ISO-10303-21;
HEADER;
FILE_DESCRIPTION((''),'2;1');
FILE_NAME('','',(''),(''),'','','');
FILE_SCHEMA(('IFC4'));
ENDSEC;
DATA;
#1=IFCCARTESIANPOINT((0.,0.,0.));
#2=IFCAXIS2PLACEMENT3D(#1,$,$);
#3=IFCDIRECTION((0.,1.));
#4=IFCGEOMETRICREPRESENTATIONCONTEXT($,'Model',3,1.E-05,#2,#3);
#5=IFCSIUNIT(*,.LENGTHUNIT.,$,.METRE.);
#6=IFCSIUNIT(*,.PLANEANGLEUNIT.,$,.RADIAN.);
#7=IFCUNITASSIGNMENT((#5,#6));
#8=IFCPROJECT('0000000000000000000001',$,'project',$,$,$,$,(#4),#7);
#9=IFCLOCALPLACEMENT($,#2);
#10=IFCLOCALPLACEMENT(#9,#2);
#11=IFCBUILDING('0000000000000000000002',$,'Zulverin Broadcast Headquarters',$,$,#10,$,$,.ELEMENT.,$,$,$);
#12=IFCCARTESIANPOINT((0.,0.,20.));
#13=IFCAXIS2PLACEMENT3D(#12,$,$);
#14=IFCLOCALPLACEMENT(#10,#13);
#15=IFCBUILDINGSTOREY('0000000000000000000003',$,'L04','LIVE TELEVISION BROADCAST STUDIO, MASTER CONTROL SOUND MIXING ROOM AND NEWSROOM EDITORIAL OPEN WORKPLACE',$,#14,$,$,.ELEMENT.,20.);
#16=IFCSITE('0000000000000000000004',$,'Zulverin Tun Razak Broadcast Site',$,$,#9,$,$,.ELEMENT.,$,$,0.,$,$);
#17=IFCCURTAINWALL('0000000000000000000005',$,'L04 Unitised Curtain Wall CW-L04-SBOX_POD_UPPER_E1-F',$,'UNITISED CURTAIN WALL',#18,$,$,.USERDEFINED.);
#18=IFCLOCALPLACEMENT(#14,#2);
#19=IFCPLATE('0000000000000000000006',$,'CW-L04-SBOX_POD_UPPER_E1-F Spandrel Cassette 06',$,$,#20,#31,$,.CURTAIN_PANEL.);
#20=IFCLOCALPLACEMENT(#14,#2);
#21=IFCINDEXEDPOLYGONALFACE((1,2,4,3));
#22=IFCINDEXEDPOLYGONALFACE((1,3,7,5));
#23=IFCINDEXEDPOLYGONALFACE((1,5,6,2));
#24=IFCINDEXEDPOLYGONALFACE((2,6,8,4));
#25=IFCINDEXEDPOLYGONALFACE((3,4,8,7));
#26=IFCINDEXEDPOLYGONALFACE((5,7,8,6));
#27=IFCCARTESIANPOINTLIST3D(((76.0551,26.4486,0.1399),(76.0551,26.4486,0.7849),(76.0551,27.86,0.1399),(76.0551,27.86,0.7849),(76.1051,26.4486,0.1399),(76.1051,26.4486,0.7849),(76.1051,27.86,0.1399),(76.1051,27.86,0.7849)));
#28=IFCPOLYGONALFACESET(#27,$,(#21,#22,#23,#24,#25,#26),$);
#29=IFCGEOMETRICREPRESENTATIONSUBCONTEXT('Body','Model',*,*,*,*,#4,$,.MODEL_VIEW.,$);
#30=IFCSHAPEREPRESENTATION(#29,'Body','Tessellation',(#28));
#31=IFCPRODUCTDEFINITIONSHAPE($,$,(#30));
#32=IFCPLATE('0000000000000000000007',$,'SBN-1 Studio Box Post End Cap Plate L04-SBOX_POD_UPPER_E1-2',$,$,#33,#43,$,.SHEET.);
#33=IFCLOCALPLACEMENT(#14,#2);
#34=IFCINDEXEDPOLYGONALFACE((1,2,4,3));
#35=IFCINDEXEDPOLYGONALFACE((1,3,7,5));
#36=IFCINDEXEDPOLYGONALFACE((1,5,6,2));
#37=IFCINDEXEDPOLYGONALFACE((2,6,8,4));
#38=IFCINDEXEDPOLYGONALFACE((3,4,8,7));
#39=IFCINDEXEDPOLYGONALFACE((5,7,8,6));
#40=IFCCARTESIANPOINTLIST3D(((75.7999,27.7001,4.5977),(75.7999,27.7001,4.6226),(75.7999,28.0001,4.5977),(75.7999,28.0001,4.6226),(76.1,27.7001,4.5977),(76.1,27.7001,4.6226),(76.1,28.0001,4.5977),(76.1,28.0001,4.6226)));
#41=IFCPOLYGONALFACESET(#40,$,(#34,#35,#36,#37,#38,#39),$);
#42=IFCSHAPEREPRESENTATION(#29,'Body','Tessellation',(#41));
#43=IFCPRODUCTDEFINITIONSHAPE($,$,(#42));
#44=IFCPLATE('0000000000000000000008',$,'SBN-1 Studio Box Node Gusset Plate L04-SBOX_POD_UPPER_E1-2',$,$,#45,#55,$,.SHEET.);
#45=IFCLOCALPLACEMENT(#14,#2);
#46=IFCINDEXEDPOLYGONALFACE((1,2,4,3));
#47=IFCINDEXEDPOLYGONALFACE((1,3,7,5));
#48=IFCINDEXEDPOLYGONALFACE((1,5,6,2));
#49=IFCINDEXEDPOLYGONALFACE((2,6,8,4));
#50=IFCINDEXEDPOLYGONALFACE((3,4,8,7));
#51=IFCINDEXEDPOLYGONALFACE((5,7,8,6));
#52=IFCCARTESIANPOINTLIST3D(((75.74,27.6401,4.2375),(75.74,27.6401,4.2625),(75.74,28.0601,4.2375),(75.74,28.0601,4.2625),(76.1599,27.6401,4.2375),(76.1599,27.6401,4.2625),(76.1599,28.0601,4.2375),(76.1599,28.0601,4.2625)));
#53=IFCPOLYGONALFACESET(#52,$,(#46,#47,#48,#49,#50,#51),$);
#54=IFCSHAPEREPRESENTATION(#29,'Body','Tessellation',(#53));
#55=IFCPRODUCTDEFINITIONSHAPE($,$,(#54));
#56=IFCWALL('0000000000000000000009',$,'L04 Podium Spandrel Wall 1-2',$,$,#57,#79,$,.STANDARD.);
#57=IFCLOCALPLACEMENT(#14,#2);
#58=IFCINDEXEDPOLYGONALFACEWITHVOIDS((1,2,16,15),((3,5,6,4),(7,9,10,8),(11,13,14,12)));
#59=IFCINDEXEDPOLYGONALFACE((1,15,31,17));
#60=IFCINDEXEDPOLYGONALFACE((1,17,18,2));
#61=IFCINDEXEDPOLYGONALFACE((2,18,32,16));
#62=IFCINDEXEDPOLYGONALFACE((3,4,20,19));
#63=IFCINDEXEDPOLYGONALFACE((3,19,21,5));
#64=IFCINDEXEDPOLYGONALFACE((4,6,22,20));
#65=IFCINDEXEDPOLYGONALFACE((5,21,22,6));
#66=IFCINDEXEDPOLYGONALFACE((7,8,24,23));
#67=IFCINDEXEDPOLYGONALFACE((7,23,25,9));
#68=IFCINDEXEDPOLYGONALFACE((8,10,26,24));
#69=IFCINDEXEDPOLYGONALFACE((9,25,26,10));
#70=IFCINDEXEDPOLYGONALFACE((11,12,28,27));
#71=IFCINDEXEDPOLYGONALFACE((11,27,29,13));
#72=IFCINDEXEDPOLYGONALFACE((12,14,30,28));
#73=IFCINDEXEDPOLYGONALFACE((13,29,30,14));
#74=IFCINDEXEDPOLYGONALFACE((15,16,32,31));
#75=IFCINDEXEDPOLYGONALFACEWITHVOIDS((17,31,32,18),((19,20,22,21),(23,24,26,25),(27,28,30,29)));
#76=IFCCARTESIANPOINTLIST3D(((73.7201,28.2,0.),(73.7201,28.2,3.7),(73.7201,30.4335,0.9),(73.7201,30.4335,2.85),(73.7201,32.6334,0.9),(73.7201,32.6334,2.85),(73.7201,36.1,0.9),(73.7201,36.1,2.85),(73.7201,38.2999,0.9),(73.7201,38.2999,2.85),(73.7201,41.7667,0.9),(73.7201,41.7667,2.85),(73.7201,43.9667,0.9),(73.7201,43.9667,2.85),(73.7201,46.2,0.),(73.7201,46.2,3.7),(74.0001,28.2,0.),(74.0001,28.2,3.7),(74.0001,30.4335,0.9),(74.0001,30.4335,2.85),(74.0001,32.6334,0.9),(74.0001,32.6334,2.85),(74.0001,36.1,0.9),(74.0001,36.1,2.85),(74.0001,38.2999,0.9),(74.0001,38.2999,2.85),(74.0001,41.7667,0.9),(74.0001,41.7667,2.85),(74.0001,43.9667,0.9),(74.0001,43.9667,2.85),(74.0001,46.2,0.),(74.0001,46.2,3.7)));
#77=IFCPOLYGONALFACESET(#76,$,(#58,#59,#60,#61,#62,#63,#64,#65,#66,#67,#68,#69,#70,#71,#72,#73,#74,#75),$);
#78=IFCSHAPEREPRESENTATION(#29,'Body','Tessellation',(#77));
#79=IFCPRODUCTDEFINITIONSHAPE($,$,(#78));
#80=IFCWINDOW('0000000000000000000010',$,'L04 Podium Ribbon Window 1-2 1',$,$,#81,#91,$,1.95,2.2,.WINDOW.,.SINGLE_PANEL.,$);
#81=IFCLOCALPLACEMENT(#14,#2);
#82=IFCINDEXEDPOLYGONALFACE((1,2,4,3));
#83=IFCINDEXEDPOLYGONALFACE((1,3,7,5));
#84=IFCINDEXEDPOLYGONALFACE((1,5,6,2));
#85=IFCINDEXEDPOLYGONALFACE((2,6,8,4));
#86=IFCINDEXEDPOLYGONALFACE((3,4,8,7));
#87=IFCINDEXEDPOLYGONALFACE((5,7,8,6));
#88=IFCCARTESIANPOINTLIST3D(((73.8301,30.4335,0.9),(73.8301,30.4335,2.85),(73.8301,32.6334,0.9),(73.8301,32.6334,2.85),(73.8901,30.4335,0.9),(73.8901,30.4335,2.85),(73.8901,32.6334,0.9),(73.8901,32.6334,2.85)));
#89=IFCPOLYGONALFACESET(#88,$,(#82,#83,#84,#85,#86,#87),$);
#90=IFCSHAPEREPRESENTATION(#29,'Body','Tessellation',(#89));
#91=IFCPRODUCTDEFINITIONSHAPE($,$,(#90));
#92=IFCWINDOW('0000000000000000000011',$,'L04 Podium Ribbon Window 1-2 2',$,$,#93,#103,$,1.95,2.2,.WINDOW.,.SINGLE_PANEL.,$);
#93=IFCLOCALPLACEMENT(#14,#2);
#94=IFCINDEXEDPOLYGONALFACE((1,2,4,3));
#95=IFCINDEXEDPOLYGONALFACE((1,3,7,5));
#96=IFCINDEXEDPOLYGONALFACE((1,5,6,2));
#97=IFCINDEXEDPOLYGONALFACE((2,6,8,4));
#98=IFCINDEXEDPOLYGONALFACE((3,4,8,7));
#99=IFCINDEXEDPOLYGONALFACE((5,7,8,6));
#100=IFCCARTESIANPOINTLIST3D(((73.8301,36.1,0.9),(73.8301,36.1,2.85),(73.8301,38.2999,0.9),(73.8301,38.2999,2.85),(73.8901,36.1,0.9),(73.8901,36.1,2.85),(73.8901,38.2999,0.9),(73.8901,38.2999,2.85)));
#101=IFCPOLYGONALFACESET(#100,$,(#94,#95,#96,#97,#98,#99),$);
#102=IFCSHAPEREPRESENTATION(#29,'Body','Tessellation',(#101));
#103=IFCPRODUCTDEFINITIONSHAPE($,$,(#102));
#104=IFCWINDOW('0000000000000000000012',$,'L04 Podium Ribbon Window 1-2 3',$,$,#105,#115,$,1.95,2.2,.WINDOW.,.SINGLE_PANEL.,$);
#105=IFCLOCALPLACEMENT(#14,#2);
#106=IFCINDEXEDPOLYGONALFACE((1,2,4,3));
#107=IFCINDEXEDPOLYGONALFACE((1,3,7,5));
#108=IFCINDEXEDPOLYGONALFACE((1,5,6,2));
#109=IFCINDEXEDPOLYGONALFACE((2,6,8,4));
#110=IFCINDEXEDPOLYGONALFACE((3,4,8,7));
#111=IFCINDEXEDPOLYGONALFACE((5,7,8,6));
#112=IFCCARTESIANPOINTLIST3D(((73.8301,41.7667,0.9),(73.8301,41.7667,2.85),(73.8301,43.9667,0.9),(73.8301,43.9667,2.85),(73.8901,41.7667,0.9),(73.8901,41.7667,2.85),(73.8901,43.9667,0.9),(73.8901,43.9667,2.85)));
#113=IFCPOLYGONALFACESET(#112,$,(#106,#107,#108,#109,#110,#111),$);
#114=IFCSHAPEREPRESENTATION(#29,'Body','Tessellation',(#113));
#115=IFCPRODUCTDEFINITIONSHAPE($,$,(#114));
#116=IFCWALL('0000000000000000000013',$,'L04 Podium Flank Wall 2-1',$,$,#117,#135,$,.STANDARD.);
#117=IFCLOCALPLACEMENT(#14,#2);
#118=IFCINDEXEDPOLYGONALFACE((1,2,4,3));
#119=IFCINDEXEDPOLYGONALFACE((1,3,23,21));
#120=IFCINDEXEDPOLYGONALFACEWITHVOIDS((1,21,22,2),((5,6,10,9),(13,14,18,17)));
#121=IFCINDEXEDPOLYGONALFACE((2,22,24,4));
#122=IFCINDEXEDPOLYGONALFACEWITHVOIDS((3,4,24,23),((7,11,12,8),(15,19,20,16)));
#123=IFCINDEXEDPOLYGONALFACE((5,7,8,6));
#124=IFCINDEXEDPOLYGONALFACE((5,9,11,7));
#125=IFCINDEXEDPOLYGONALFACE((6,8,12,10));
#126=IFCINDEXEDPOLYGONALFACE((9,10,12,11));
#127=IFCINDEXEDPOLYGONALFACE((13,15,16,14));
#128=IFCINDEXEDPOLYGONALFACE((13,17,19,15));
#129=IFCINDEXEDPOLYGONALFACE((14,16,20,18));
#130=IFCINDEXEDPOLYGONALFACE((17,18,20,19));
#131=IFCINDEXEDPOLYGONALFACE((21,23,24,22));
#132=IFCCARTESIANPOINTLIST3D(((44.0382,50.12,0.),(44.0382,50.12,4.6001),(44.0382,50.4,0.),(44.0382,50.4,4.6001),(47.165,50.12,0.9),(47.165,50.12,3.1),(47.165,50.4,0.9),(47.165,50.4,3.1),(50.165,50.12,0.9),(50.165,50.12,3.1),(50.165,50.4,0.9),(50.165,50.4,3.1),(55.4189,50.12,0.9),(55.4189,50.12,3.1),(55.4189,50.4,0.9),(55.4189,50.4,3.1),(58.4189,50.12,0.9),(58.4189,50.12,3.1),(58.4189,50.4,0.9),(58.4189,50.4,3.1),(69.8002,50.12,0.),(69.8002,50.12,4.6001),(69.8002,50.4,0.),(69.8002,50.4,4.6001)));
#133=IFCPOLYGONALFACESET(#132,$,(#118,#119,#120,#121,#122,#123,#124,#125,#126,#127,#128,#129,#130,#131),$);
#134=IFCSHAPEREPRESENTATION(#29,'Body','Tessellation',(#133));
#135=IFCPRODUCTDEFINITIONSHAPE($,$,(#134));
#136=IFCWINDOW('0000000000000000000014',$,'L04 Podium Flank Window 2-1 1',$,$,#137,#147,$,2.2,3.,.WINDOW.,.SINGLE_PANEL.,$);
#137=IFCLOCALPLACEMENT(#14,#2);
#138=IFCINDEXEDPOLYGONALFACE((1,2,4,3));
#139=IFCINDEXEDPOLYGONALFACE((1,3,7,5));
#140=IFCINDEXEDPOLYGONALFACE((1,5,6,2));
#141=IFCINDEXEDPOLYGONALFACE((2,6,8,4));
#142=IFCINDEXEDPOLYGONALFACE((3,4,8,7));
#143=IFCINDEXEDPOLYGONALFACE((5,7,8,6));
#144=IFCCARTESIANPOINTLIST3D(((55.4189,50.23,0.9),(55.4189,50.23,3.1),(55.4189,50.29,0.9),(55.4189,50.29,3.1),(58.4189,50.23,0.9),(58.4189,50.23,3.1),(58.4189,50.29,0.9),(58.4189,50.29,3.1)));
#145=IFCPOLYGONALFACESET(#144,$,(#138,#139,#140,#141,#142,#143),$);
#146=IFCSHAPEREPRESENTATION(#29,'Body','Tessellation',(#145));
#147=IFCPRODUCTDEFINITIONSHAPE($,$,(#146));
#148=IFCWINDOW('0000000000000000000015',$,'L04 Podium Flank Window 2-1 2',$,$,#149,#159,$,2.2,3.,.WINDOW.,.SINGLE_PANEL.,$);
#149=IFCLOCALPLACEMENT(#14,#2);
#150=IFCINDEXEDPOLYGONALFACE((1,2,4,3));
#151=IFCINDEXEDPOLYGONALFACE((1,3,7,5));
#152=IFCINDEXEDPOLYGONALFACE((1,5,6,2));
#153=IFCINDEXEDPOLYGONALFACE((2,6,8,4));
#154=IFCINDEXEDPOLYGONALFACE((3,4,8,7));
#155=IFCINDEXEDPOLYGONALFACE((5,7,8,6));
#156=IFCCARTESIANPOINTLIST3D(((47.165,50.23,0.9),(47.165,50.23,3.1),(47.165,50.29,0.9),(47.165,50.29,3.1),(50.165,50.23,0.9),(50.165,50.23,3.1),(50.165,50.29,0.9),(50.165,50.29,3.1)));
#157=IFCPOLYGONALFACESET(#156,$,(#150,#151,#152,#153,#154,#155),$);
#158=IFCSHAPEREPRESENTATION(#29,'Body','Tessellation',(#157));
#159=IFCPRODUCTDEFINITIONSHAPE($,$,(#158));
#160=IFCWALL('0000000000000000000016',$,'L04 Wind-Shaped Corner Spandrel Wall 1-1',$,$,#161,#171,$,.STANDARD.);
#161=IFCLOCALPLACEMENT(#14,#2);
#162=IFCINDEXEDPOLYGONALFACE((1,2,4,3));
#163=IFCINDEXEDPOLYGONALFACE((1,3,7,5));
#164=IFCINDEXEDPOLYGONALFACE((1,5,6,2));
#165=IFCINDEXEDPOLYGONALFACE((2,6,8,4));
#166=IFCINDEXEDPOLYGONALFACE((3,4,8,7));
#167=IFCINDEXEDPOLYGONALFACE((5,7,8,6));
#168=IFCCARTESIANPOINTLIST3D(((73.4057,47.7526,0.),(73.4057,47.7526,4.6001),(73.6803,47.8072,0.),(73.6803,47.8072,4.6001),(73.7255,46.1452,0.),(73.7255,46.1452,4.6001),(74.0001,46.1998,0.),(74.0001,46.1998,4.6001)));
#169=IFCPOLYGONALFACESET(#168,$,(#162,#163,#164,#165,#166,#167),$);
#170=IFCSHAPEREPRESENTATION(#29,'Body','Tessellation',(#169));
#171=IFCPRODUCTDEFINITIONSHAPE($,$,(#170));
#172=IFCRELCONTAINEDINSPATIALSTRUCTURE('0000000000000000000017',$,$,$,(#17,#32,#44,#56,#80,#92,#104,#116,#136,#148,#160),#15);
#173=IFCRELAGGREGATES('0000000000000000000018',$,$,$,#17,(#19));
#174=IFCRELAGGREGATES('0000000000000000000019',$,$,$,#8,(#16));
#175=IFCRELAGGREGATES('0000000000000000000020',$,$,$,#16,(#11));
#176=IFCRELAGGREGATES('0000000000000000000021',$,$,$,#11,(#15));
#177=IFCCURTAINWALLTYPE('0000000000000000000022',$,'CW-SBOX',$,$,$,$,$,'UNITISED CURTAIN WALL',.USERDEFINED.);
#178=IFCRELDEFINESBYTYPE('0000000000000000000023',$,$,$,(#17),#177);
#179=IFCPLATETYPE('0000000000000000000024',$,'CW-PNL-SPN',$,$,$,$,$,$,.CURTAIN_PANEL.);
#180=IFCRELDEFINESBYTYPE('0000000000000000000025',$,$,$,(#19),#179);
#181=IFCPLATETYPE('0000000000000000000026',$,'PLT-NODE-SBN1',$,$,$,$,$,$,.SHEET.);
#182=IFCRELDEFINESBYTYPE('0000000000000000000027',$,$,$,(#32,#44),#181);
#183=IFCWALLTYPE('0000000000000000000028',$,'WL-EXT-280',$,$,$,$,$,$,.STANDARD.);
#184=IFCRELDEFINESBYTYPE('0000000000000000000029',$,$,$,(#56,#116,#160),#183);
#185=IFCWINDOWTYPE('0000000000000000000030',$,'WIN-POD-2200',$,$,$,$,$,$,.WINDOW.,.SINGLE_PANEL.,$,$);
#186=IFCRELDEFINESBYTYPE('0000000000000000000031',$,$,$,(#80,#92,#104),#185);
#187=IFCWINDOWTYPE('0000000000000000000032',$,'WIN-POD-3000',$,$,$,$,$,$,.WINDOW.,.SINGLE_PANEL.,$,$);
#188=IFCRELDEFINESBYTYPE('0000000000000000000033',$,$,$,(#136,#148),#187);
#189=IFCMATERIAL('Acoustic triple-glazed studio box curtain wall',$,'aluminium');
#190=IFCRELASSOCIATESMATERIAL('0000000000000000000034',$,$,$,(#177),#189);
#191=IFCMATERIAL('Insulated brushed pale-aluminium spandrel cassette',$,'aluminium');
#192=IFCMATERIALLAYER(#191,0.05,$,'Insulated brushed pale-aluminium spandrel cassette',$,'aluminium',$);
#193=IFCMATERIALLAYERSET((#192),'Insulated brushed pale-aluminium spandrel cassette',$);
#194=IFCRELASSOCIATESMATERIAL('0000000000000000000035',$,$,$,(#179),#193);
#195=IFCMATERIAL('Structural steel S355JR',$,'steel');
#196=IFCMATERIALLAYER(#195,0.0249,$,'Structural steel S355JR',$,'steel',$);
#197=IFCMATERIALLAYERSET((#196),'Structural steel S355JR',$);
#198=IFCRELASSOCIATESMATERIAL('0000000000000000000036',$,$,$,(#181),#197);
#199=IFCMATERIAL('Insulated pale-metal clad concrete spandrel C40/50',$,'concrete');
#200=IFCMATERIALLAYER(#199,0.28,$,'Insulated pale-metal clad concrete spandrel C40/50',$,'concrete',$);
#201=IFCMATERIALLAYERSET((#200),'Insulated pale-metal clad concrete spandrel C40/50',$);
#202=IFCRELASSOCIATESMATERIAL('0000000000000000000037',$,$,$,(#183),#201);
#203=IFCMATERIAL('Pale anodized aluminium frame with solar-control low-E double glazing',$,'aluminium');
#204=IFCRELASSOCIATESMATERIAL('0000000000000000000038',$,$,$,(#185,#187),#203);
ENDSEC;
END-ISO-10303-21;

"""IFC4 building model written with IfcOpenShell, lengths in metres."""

from ifc_helpers import new_model, si_unit, direction, frame, frame_2d, origin, origin_2d, place, context, subcontext, project, spatial, rectangle, extrude, material, layer, layer_set, type_object, element, fill, aggregate, save


model = new_model("IFC4")

# Units and contexts
model_context = context("Model", 3, precision=1e-05, world=origin(), true_north=direction((0.0, 1.0)))
body_context = subcontext(model_context, "Body", "Model", "MODEL_VIEW")
ifc_project = project(units=[si_unit("LENGTHUNIT", "METRE"), si_unit("PLANEANGLEUNIT", "RADIAN")], contexts=[model_context])

# Site, building, storey
site_placement = place(None, origin())
site = spatial("IfcSite", under=ifc_project, at=site_placement, Name="Zulverin Tun Razak Broadcast Site", CompositionType="ELEMENT", RefElevation=0.0)
building_placement = place(site_placement, origin())
building = spatial("IfcBuilding", under=site, at=building_placement, Name="Zulverin Broadcast Headquarters", CompositionType="ELEMENT")
storey_placement = place(building_placement, frame((0.0, 0.0, 20.0)))
storey = spatial("IfcBuildingStorey", under=building, at=storey_placement, Name="L04", Description="LIVE TELEVISION BROADCAST STUDIO, MASTER CONTROL SOUND MIXING ROOM AND NEWSROOM EDITORIAL OPEN WORKPLACE", CompositionType="ELEMENT", Elevation=20.0)

# Curtain wall
ifc_material_1 = material(Name="Acoustic triple-glazed studio box curtain wall", Category="aluminium")
curtain_wall_type = type_object("IfcCurtainWallType", Name="CW-SBOX", ElementType="UNITISED CURTAIN WALL", PredefinedType="USERDEFINED", material=ifc_material_1)
curtain_wall_placement = place(storey_placement, origin())
curtain_wall = element("IfcCurtainWall", 1, at=curtain_wall_placement, inside=storey, type_object=curtain_wall_type, Name="L04 Unitised Curtain Wall CW-L04-SBOX_POD_UPPER_E1-F", ObjectType="UNITISED CURTAIN WALL", PredefinedType="USERDEFINED")

# Shared definitions
ifc_material_2 = material(Name="Structural steel S355JR", Category="steel")

# Plate
ifc_material_3 = material(Name="Insulated brushed pale-aluminium spandrel cassette", Category="aluminium")
ifc_layer_1 = layer(ifc_material_3, 0.05, Name="Insulated brushed pale-aluminium spandrel cassette", Category="aluminium")
ifc_layer_set_1 = layer_set([ifc_layer_1], Name="Insulated brushed pale-aluminium spandrel cassette")
plate_type_1 = type_object("IfcPlateType", Name="CW-PNL-SPN", PredefinedType="CURTAIN_PANEL", material=ifc_layer_set_1)
plate_1_placement = place(storey_placement, frame((76.0801, 27.1543, 0.1399), z_axis=(0.0, 0.0, 1.0), x_axis=(0.0, 1.0, 0.0)))
plate_1 = element("IfcPlate", 2, at=plate_1_placement, type_object=plate_type_1, Name="CW-L04-SBOX_POD_UPPER_E1-F Spandrel Cassette 06", PredefinedType="CURTAIN_PANEL", context=body_context, shape_type="SweptSolid", body=[
    extrude(rectangle(XDim=1.4114, YDim=0.05, at=origin_2d()), origin(), (0.0, 0.0, 1.0), 0.645),
])
aggregate(curtain_wall, [plate_1])

# Plates
ifc_layer_2 = layer(ifc_material_2, 0.0249, Name="Structural steel S355JR", Category="steel")
ifc_layer_set_2 = layer_set([ifc_layer_2], Name="Structural steel S355JR")
plate_type_2 = type_object("IfcPlateType", Name="PLT-NODE-SBN1", PredefinedType="SHEET", material=ifc_layer_set_2)
plate_2_placement = place(storey_placement, frame((75.95, 27.8501, 4.5977), z_axis=(0.0, 0.0, 1.0), x_axis=(1.0, 0.0, 0.0)))
element("IfcPlate", 3, at=plate_2_placement, inside=storey, type_object=plate_type_2, Name="SBN-1 Studio Box Post End Cap Plate L04-SBOX_POD_UPPER_E1-2", PredefinedType="SHEET", context=body_context, shape_type="SweptSolid", body=[
    extrude(rectangle(XDim=0.3, YDim=0.3, at=origin_2d()), origin(), (0.0, 0.0, 1.0), 0.0249),
])
plate_3_placement = place(storey_placement, frame((75.95, 27.8501, 4.2375), z_axis=(0.0, 0.0, 1.0), x_axis=(1.0, 0.0, 0.0)))
element("IfcPlate", 4, at=plate_3_placement, inside=storey, type_object=plate_type_2, Name="SBN-1 Studio Box Node Gusset Plate L04-SBOX_POD_UPPER_E1-2", PredefinedType="SHEET", context=body_context, shape_type="SweptSolid", body=[
    extrude(rectangle(XDim=0.4199, YDim=0.4199, at=origin_2d()), origin(), (0.0, 0.0, 1.0), 0.0249),
])

# Walls, openings, windows
ifc_material_4 = material(Name="Insulated pale-metal clad concrete spandrel C40/50", Category="concrete")
ifc_layer_3 = layer(ifc_material_4, 0.28, Name="Insulated pale-metal clad concrete spandrel C40/50", Category="concrete")
ifc_layer_set_3 = layer_set([ifc_layer_3], Name="Insulated pale-metal clad concrete spandrel C40/50")
wall_type_1 = type_object("IfcWallType", Name="WL-EXT-280", PredefinedType="STANDARD", material=ifc_layer_set_3)
wall_1_placement = place(storey_placement, frame((73.8601, 28.2, 0.0), z_axis=(0.0, 0.0, 1.0), x_axis=(0.0, 1.0, 0.0)))
wall_1 = element("IfcWall", 5, at=wall_1_placement, inside=storey, type_object=wall_type_1, Name="L04 Podium Spandrel Wall 1-2", PredefinedType="STANDARD", context=body_context, shape_type="SweptSolid", body=[
    extrude(rectangle(XDim=18.0, YDim=0.28, at=frame_2d((9.0, 0.0))), origin(), (0.0, 0.0, 1.0), 3.7),
])
opening_1_placement = place(wall_1_placement, frame((2.2334, 0.0, 0.8999)))
opening_1 = element("IfcOpeningElement", 6, at=opening_1_placement, cuts=wall_1, PredefinedType="OPENING", context=body_context, shape_type="SweptSolid", body=[
    extrude(rectangle(XDim=2.2, YDim=1.95, at=frame_2d((1.1001, 0.9751))), frame((0.0, 0.1499, 0.0), z_axis=(0.0, -1.0, 0.0), x_axis=(1.0, 0.0, 0.0)), (0.0, 0.0, 1.0), 0.3),
])
opening_2_placement = place(wall_1_placement, frame((7.8999, 0.0, 0.8999)))
opening_2 = element("IfcOpeningElement", 7, at=opening_2_placement, cuts=wall_1, PredefinedType="OPENING", context=body_context, shape_type="SweptSolid", body=[
    extrude(rectangle(XDim=2.2, YDim=1.95, at=frame_2d((1.1001, 0.9751))), frame((0.0, 0.1499, 0.0), z_axis=(0.0, -1.0, 0.0), x_axis=(1.0, 0.0, 0.0)), (0.0, 0.0, 1.0), 0.3),
])
opening_3_placement = place(wall_1_placement, frame((13.5667, 0.0, 0.8999)))
opening_3 = element("IfcOpeningElement", 8, at=opening_3_placement, cuts=wall_1, PredefinedType="OPENING", context=body_context, shape_type="SweptSolid", body=[
    extrude(rectangle(XDim=2.2, YDim=1.95, at=frame_2d((1.1001, 0.9751))), frame((0.0, 0.1499, 0.0), z_axis=(0.0, -1.0, 0.0), x_axis=(1.0, 0.0, 0.0)), (0.0, 0.0, 1.0), 0.3),
])
ifc_material_5 = material(Name="Pale anodized aluminium frame with solar-control low-E double glazing", Category="aluminium")
window_type_1 = type_object("IfcWindowType", Name="WIN-POD-2200", PartitioningType="SINGLE_PANEL", PredefinedType="WINDOW", material=ifc_material_5)
window_1_placement = place(opening_1_placement, origin())
window_1 = element("IfcWindow", 9, at=window_1_placement, inside=storey, type_object=window_type_1, Name="L04 Podium Ribbon Window 1-2 1", OverallHeight=1.95, OverallWidth=2.2, PartitioningType="SINGLE_PANEL", PredefinedType="WINDOW", context=body_context, shape_type="SweptSolid", body=[
    extrude(rectangle(XDim=2.2, YDim=1.95, at=frame_2d((1.1001, 0.9751))), frame((0.0, 0.03, 0.0), z_axis=(0.0, -1.0, 0.0), x_axis=(1.0, 0.0, 0.0)), (0.0, 0.0, 1.0), 0.0601),
])
fill(opening_1, window_1)
window_2_placement = place(opening_2_placement, origin())
window_2 = element("IfcWindow", 10, at=window_2_placement, inside=storey, type_object=window_type_1, Name="L04 Podium Ribbon Window 1-2 2", OverallHeight=1.95, OverallWidth=2.2, PartitioningType="SINGLE_PANEL", PredefinedType="WINDOW", context=body_context, shape_type="SweptSolid", body=[
    extrude(rectangle(XDim=2.2, YDim=1.95, at=frame_2d((1.1001, 0.9751))), frame((0.0, 0.03, 0.0), z_axis=(0.0, -1.0, 0.0), x_axis=(1.0, 0.0, 0.0)), (0.0, 0.0, 1.0), 0.0601),
])
fill(opening_2, window_2)
window_3_placement = place(opening_3_placement, origin())
window_3 = element("IfcWindow", 11, at=window_3_placement, inside=storey, type_object=window_type_1, Name="L04 Podium Ribbon Window 1-2 3", OverallHeight=1.95, OverallWidth=2.2, PartitioningType="SINGLE_PANEL", PredefinedType="WINDOW", context=body_context, shape_type="SweptSolid", body=[
    extrude(rectangle(XDim=2.2, YDim=1.95, at=frame_2d((1.1001, 0.9751))), frame((0.0, 0.03, 0.0), z_axis=(0.0, -1.0, 0.0), x_axis=(1.0, 0.0, 0.0)), (0.0, 0.0, 1.0), 0.0601),
])
fill(opening_3, window_3)
wall_2_placement = place(storey_placement, frame((69.8, 50.26, 0.0), z_axis=(0.0, 0.0, 1.0), x_axis=(-1.0, 0.0, 0.0)))
wall_2 = element("IfcWall", 12, at=wall_2_placement, inside=storey, type_object=wall_type_1, Name="L04 Podium Flank Wall 2-1", PredefinedType="STANDARD", context=body_context, shape_type="SweptSolid", body=[
    extrude(rectangle(XDim=25.762, YDim=0.28, at=frame_2d((12.8809, 0.0))), origin(), (0.0, 0.0, 1.0), 4.6001),
])
opening_4_placement = place(wall_2_placement, frame((11.3811, 0.0, 0.8999)))
opening_4 = element("IfcOpeningElement", 13, at=opening_4_placement, cuts=wall_2, PredefinedType="OPENING", context=body_context, shape_type="SweptSolid", body=[
    extrude(rectangle(XDim=3.0, YDim=2.2, at=frame_2d((1.5, 1.1001))), frame((0.0, 0.1499, 0.0), z_axis=(0.0, -1.0, 0.0), x_axis=(1.0, 0.0, 0.0)), (0.0, 0.0, 1.0), 0.3),
])
opening_5_placement = place(wall_2_placement, frame((19.635, 0.0, 0.8999)))
opening_5 = element("IfcOpeningElement", 14, at=opening_5_placement, cuts=wall_2, PredefinedType="OPENING", context=body_context, shape_type="SweptSolid", body=[
    extrude(rectangle(XDim=3.0, YDim=2.2, at=frame_2d((1.5, 1.1001))), frame((0.0, 0.1499, 0.0), z_axis=(0.0, -1.0, 0.0), x_axis=(1.0, 0.0, 0.0)), (0.0, 0.0, 1.0), 0.3),
])
window_type_2 = type_object("IfcWindowType", Name="WIN-POD-3000", PartitioningType="SINGLE_PANEL", PredefinedType="WINDOW", material=ifc_material_5)
window_4_placement = place(opening_4_placement, origin())
window_4 = element("IfcWindow", 15, at=window_4_placement, inside=storey, type_object=window_type_2, Name="L04 Podium Flank Window 2-1 1", OverallHeight=2.2, OverallWidth=3.0, PartitioningType="SINGLE_PANEL", PredefinedType="WINDOW", context=body_context, shape_type="SweptSolid", body=[
    extrude(rectangle(XDim=3.0, YDim=2.2, at=frame_2d((1.5, 1.1001))), frame((0.0, 0.03, 0.0), z_axis=(0.0, -1.0, 0.0), x_axis=(1.0, 0.0, 0.0)), (0.0, 0.0, 1.0), 0.0601),
])
fill(opening_4, window_4)
window_5_placement = place(opening_5_placement, origin())
window_5 = element("IfcWindow", 16, at=window_5_placement, inside=storey, type_object=window_type_2, Name="L04 Podium Flank Window 2-1 2", OverallHeight=2.2, OverallWidth=3.0, PartitioningType="SINGLE_PANEL", PredefinedType="WINDOW", context=body_context, shape_type="SweptSolid", body=[
    extrude(rectangle(XDim=3.0, YDim=2.2, at=frame_2d((1.5, 1.1001))), frame((0.0, 0.03, 0.0), z_axis=(0.0, -1.0, 0.0), x_axis=(1.0, 0.0, 0.0)), (0.0, 0.0, 1.0), 0.0601),
])
fill(opening_5, window_5)

# Wall
for number, where, z_axis, x_axis, name in (
    (17, (73.8628, 46.1726, 0.0), (0.0, 0.0, 1.0), (-0.195142, 0.980775, 0.0), "L04 Wind-Shaped Corner Spandrel Wall 1-1"),
):
    element("IfcWall", number, at=place(storey_placement, frame(where, z_axis=z_axis, x_axis=x_axis)), inside=storey, type_object=wall_type_1, Name=name, PredefinedType="STANDARD", context=body_context, shape_type="SweptSolid", body=[
        extrude(rectangle(XDim=1.6389, YDim=0.28, at=frame_2d((0.8193, 0.0))), origin(), (0.0, 0.0, 1.0), 4.6001),
    ])

save(model, "model.ifc")
